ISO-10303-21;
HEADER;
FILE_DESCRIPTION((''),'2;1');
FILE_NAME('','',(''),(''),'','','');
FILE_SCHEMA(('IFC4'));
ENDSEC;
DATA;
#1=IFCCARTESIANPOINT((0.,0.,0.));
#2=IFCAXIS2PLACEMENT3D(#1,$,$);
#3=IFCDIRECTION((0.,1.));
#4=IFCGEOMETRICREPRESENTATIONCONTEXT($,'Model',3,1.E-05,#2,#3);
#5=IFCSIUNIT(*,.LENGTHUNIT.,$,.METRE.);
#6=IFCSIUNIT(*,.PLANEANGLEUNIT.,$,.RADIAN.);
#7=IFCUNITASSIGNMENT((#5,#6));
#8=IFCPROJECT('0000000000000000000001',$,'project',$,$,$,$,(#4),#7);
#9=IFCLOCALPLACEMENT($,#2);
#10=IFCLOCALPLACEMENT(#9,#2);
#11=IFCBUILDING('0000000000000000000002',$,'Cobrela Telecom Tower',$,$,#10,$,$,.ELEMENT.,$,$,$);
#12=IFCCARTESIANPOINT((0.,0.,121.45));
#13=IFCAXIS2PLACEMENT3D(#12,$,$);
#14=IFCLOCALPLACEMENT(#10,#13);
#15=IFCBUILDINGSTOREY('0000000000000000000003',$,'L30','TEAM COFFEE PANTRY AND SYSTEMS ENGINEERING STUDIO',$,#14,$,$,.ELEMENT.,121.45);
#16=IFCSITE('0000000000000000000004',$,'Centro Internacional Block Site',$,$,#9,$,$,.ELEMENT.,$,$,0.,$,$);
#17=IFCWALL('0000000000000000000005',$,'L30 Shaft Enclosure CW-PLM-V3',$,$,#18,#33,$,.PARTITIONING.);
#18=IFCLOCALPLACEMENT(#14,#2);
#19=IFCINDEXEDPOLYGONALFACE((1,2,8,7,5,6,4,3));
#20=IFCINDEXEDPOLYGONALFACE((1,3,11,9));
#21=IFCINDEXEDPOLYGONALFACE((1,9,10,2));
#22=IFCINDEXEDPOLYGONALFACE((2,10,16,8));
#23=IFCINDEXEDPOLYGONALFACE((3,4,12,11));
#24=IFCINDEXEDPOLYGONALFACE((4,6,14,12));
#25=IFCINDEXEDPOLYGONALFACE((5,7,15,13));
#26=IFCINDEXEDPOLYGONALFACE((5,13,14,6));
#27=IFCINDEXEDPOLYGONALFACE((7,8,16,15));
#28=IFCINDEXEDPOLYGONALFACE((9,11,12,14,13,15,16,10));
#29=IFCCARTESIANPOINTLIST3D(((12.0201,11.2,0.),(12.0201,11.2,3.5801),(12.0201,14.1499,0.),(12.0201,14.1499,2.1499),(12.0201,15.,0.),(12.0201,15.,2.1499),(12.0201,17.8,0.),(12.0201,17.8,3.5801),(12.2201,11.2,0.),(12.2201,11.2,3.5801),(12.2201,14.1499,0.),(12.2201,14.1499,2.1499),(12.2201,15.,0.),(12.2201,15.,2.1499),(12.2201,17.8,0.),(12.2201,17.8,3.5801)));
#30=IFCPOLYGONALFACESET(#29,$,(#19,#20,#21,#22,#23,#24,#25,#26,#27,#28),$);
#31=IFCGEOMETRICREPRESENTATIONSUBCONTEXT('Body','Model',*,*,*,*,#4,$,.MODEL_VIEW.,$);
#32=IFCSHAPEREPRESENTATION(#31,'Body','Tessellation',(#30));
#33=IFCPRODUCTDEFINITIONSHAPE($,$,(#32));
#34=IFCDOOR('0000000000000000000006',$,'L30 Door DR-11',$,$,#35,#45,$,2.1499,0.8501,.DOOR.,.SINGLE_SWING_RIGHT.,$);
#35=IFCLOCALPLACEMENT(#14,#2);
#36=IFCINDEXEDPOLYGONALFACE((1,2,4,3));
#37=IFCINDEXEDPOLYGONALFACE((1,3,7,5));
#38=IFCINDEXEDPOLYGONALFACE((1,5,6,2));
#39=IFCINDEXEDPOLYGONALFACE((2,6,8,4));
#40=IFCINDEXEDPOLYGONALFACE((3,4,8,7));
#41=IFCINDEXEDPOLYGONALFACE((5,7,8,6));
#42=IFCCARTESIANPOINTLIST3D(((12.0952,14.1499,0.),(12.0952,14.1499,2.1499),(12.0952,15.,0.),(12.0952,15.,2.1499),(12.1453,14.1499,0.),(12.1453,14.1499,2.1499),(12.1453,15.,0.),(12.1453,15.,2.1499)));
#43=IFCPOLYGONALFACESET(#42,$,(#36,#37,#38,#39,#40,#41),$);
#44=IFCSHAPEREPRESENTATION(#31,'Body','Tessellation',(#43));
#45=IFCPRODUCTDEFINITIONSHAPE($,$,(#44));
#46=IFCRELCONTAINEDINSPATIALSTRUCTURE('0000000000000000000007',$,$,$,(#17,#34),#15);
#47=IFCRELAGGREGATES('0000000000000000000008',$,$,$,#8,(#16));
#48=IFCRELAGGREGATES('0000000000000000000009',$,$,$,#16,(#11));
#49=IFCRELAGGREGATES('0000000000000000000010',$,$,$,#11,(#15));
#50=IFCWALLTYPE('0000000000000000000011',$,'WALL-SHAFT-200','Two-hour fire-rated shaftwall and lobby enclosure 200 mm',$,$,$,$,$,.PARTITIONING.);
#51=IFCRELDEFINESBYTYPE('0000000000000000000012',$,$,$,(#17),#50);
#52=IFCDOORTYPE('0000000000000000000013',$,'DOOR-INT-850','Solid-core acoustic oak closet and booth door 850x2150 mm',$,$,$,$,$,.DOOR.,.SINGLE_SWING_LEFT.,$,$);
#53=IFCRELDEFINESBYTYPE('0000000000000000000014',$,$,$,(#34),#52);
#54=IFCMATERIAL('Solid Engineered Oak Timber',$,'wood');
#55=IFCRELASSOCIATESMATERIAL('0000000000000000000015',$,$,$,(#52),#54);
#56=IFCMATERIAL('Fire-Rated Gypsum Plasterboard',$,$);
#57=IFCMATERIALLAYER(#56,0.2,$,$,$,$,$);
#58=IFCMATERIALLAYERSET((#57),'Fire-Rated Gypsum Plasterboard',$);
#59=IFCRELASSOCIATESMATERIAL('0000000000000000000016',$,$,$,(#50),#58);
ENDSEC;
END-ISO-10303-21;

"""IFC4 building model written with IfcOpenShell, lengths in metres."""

from ifc_helpers import new_model, si_unit, direction, frame, frame_2d, origin, place, context, subcontext, project, spatial, rectangle, extrude, material, layer, layer_set, type_object, element, fill, save


model = new_model("IFC4")

# Units and contexts
model_context = context("Model", 3, precision=1e-05, world=origin(), true_north=direction((0.0, 1.0)))
body_context = subcontext(model_context, "Body", "Model", "MODEL_VIEW")
ifc_project = project(units=[si_unit("LENGTHUNIT", "METRE"), si_unit("PLANEANGLEUNIT", "RADIAN")], contexts=[model_context])

# Site, building, storey
site_placement = place(None, origin())
site = spatial("IfcSite", under=ifc_project, at=site_placement, Name="Centro Internacional Block Site", CompositionType="ELEMENT", RefElevation=0.0)
building_placement = place(site_placement, origin())
building = spatial("IfcBuilding", under=site, at=building_placement, Name="Cobrela Telecom Tower", CompositionType="ELEMENT")
storey_placement = place(building_placement, frame((0.0, 0.0, 121.45)))
storey = spatial("IfcBuildingStorey", under=building, at=storey_placement, Name="L30", Description="TEAM COFFEE PANTRY AND SYSTEMS ENGINEERING STUDIO", CompositionType="ELEMENT", Elevation=121.45)

# Shared definitions
ifc_material_1 = material(Name="Fire-Rated Gypsum Plasterboard")

# Shared definitions
ifc_material_2 = material(Name="Solid Engineered Oak Timber", Category="wood")
door_type_1 = type_object("IfcDoorType", Name="DOOR-INT-850", Description="Solid-core acoustic oak closet and booth door 850x2150 mm", OperationType="SINGLE_SWING_LEFT", PredefinedType="DOOR", material=ifc_material_2)

# Shared definitions
ifc_layer_1 = layer(ifc_material_1, 0.2)
ifc_layer_set_1 = layer_set([ifc_layer_1], Name="Fire-Rated Gypsum Plasterboard")
wall_type_1 = type_object("IfcWallType", Name="WALL-SHAFT-200", Description="Two-hour fire-rated shaftwall and lobby enclosure 200 mm", PredefinedType="PARTITIONING", material=ifc_layer_set_1)

# Wall, opening, door
wall_1_placement = place(storey_placement, frame((12.1201, 11.2, 0.0), z_axis=(0.0, 0.0, 1.0), x_axis=(0.0, 1.0, 0.0)))
wall_1 = element("IfcWall", 1, at=wall_1_placement, inside=storey, type_object=wall_type_1, Name="L30 Shaft Enclosure CW-PLM-V3", PredefinedType="PARTITIONING", context=body_context, shape_type="SweptSolid", body=[
    extrude(rectangle(XDim=6.6001, YDim=0.2, at=frame_2d((3.3, 0.0))), origin(), (0.0, 0.0, 1.0), 3.5801),
])
opening_1_placement = place(wall_1_placement, frame((2.95, 0.0, 0.0)))
opening_1 = element("IfcOpeningElement", 2, at=opening_1_placement, cuts=wall_1, PredefinedType="OPENING", context=body_context, shape_type="SweptSolid", body=[
    extrude(rectangle(XDim=0.8501, YDim=2.1499, at=frame_2d((0.425, 1.075))), frame((0.0, 0.1118, 0.0), z_axis=(0.0, -1.0, 0.0), x_axis=(1.0, 0.0, 0.0)), (0.0, 0.0, 1.0), 0.2239),
])
door_1_placement = place(opening_1_placement, origin())
door_1 = element("IfcDoor", 3, at=door_1_placement, inside=storey, type_object=door_type_1, Name="L30 Door DR-11", OperationType="SINGLE_SWING_RIGHT", OverallHeight=2.1499, OverallWidth=0.8501, PredefinedType="DOOR", context=body_context, shape_type="SweptSolid", body=[
    extrude(rectangle(XDim=0.8501, YDim=2.1499, at=frame_2d((0.425, 1.075))), frame((0.0, 0.0249, 0.0), z_axis=(0.0, -1.0, 0.0), x_axis=(1.0, 0.0, 0.0)), (0.0, 0.0, 1.0), 0.05),
])
fill(opening_1, door_1)

save(model, "model.ifc")
